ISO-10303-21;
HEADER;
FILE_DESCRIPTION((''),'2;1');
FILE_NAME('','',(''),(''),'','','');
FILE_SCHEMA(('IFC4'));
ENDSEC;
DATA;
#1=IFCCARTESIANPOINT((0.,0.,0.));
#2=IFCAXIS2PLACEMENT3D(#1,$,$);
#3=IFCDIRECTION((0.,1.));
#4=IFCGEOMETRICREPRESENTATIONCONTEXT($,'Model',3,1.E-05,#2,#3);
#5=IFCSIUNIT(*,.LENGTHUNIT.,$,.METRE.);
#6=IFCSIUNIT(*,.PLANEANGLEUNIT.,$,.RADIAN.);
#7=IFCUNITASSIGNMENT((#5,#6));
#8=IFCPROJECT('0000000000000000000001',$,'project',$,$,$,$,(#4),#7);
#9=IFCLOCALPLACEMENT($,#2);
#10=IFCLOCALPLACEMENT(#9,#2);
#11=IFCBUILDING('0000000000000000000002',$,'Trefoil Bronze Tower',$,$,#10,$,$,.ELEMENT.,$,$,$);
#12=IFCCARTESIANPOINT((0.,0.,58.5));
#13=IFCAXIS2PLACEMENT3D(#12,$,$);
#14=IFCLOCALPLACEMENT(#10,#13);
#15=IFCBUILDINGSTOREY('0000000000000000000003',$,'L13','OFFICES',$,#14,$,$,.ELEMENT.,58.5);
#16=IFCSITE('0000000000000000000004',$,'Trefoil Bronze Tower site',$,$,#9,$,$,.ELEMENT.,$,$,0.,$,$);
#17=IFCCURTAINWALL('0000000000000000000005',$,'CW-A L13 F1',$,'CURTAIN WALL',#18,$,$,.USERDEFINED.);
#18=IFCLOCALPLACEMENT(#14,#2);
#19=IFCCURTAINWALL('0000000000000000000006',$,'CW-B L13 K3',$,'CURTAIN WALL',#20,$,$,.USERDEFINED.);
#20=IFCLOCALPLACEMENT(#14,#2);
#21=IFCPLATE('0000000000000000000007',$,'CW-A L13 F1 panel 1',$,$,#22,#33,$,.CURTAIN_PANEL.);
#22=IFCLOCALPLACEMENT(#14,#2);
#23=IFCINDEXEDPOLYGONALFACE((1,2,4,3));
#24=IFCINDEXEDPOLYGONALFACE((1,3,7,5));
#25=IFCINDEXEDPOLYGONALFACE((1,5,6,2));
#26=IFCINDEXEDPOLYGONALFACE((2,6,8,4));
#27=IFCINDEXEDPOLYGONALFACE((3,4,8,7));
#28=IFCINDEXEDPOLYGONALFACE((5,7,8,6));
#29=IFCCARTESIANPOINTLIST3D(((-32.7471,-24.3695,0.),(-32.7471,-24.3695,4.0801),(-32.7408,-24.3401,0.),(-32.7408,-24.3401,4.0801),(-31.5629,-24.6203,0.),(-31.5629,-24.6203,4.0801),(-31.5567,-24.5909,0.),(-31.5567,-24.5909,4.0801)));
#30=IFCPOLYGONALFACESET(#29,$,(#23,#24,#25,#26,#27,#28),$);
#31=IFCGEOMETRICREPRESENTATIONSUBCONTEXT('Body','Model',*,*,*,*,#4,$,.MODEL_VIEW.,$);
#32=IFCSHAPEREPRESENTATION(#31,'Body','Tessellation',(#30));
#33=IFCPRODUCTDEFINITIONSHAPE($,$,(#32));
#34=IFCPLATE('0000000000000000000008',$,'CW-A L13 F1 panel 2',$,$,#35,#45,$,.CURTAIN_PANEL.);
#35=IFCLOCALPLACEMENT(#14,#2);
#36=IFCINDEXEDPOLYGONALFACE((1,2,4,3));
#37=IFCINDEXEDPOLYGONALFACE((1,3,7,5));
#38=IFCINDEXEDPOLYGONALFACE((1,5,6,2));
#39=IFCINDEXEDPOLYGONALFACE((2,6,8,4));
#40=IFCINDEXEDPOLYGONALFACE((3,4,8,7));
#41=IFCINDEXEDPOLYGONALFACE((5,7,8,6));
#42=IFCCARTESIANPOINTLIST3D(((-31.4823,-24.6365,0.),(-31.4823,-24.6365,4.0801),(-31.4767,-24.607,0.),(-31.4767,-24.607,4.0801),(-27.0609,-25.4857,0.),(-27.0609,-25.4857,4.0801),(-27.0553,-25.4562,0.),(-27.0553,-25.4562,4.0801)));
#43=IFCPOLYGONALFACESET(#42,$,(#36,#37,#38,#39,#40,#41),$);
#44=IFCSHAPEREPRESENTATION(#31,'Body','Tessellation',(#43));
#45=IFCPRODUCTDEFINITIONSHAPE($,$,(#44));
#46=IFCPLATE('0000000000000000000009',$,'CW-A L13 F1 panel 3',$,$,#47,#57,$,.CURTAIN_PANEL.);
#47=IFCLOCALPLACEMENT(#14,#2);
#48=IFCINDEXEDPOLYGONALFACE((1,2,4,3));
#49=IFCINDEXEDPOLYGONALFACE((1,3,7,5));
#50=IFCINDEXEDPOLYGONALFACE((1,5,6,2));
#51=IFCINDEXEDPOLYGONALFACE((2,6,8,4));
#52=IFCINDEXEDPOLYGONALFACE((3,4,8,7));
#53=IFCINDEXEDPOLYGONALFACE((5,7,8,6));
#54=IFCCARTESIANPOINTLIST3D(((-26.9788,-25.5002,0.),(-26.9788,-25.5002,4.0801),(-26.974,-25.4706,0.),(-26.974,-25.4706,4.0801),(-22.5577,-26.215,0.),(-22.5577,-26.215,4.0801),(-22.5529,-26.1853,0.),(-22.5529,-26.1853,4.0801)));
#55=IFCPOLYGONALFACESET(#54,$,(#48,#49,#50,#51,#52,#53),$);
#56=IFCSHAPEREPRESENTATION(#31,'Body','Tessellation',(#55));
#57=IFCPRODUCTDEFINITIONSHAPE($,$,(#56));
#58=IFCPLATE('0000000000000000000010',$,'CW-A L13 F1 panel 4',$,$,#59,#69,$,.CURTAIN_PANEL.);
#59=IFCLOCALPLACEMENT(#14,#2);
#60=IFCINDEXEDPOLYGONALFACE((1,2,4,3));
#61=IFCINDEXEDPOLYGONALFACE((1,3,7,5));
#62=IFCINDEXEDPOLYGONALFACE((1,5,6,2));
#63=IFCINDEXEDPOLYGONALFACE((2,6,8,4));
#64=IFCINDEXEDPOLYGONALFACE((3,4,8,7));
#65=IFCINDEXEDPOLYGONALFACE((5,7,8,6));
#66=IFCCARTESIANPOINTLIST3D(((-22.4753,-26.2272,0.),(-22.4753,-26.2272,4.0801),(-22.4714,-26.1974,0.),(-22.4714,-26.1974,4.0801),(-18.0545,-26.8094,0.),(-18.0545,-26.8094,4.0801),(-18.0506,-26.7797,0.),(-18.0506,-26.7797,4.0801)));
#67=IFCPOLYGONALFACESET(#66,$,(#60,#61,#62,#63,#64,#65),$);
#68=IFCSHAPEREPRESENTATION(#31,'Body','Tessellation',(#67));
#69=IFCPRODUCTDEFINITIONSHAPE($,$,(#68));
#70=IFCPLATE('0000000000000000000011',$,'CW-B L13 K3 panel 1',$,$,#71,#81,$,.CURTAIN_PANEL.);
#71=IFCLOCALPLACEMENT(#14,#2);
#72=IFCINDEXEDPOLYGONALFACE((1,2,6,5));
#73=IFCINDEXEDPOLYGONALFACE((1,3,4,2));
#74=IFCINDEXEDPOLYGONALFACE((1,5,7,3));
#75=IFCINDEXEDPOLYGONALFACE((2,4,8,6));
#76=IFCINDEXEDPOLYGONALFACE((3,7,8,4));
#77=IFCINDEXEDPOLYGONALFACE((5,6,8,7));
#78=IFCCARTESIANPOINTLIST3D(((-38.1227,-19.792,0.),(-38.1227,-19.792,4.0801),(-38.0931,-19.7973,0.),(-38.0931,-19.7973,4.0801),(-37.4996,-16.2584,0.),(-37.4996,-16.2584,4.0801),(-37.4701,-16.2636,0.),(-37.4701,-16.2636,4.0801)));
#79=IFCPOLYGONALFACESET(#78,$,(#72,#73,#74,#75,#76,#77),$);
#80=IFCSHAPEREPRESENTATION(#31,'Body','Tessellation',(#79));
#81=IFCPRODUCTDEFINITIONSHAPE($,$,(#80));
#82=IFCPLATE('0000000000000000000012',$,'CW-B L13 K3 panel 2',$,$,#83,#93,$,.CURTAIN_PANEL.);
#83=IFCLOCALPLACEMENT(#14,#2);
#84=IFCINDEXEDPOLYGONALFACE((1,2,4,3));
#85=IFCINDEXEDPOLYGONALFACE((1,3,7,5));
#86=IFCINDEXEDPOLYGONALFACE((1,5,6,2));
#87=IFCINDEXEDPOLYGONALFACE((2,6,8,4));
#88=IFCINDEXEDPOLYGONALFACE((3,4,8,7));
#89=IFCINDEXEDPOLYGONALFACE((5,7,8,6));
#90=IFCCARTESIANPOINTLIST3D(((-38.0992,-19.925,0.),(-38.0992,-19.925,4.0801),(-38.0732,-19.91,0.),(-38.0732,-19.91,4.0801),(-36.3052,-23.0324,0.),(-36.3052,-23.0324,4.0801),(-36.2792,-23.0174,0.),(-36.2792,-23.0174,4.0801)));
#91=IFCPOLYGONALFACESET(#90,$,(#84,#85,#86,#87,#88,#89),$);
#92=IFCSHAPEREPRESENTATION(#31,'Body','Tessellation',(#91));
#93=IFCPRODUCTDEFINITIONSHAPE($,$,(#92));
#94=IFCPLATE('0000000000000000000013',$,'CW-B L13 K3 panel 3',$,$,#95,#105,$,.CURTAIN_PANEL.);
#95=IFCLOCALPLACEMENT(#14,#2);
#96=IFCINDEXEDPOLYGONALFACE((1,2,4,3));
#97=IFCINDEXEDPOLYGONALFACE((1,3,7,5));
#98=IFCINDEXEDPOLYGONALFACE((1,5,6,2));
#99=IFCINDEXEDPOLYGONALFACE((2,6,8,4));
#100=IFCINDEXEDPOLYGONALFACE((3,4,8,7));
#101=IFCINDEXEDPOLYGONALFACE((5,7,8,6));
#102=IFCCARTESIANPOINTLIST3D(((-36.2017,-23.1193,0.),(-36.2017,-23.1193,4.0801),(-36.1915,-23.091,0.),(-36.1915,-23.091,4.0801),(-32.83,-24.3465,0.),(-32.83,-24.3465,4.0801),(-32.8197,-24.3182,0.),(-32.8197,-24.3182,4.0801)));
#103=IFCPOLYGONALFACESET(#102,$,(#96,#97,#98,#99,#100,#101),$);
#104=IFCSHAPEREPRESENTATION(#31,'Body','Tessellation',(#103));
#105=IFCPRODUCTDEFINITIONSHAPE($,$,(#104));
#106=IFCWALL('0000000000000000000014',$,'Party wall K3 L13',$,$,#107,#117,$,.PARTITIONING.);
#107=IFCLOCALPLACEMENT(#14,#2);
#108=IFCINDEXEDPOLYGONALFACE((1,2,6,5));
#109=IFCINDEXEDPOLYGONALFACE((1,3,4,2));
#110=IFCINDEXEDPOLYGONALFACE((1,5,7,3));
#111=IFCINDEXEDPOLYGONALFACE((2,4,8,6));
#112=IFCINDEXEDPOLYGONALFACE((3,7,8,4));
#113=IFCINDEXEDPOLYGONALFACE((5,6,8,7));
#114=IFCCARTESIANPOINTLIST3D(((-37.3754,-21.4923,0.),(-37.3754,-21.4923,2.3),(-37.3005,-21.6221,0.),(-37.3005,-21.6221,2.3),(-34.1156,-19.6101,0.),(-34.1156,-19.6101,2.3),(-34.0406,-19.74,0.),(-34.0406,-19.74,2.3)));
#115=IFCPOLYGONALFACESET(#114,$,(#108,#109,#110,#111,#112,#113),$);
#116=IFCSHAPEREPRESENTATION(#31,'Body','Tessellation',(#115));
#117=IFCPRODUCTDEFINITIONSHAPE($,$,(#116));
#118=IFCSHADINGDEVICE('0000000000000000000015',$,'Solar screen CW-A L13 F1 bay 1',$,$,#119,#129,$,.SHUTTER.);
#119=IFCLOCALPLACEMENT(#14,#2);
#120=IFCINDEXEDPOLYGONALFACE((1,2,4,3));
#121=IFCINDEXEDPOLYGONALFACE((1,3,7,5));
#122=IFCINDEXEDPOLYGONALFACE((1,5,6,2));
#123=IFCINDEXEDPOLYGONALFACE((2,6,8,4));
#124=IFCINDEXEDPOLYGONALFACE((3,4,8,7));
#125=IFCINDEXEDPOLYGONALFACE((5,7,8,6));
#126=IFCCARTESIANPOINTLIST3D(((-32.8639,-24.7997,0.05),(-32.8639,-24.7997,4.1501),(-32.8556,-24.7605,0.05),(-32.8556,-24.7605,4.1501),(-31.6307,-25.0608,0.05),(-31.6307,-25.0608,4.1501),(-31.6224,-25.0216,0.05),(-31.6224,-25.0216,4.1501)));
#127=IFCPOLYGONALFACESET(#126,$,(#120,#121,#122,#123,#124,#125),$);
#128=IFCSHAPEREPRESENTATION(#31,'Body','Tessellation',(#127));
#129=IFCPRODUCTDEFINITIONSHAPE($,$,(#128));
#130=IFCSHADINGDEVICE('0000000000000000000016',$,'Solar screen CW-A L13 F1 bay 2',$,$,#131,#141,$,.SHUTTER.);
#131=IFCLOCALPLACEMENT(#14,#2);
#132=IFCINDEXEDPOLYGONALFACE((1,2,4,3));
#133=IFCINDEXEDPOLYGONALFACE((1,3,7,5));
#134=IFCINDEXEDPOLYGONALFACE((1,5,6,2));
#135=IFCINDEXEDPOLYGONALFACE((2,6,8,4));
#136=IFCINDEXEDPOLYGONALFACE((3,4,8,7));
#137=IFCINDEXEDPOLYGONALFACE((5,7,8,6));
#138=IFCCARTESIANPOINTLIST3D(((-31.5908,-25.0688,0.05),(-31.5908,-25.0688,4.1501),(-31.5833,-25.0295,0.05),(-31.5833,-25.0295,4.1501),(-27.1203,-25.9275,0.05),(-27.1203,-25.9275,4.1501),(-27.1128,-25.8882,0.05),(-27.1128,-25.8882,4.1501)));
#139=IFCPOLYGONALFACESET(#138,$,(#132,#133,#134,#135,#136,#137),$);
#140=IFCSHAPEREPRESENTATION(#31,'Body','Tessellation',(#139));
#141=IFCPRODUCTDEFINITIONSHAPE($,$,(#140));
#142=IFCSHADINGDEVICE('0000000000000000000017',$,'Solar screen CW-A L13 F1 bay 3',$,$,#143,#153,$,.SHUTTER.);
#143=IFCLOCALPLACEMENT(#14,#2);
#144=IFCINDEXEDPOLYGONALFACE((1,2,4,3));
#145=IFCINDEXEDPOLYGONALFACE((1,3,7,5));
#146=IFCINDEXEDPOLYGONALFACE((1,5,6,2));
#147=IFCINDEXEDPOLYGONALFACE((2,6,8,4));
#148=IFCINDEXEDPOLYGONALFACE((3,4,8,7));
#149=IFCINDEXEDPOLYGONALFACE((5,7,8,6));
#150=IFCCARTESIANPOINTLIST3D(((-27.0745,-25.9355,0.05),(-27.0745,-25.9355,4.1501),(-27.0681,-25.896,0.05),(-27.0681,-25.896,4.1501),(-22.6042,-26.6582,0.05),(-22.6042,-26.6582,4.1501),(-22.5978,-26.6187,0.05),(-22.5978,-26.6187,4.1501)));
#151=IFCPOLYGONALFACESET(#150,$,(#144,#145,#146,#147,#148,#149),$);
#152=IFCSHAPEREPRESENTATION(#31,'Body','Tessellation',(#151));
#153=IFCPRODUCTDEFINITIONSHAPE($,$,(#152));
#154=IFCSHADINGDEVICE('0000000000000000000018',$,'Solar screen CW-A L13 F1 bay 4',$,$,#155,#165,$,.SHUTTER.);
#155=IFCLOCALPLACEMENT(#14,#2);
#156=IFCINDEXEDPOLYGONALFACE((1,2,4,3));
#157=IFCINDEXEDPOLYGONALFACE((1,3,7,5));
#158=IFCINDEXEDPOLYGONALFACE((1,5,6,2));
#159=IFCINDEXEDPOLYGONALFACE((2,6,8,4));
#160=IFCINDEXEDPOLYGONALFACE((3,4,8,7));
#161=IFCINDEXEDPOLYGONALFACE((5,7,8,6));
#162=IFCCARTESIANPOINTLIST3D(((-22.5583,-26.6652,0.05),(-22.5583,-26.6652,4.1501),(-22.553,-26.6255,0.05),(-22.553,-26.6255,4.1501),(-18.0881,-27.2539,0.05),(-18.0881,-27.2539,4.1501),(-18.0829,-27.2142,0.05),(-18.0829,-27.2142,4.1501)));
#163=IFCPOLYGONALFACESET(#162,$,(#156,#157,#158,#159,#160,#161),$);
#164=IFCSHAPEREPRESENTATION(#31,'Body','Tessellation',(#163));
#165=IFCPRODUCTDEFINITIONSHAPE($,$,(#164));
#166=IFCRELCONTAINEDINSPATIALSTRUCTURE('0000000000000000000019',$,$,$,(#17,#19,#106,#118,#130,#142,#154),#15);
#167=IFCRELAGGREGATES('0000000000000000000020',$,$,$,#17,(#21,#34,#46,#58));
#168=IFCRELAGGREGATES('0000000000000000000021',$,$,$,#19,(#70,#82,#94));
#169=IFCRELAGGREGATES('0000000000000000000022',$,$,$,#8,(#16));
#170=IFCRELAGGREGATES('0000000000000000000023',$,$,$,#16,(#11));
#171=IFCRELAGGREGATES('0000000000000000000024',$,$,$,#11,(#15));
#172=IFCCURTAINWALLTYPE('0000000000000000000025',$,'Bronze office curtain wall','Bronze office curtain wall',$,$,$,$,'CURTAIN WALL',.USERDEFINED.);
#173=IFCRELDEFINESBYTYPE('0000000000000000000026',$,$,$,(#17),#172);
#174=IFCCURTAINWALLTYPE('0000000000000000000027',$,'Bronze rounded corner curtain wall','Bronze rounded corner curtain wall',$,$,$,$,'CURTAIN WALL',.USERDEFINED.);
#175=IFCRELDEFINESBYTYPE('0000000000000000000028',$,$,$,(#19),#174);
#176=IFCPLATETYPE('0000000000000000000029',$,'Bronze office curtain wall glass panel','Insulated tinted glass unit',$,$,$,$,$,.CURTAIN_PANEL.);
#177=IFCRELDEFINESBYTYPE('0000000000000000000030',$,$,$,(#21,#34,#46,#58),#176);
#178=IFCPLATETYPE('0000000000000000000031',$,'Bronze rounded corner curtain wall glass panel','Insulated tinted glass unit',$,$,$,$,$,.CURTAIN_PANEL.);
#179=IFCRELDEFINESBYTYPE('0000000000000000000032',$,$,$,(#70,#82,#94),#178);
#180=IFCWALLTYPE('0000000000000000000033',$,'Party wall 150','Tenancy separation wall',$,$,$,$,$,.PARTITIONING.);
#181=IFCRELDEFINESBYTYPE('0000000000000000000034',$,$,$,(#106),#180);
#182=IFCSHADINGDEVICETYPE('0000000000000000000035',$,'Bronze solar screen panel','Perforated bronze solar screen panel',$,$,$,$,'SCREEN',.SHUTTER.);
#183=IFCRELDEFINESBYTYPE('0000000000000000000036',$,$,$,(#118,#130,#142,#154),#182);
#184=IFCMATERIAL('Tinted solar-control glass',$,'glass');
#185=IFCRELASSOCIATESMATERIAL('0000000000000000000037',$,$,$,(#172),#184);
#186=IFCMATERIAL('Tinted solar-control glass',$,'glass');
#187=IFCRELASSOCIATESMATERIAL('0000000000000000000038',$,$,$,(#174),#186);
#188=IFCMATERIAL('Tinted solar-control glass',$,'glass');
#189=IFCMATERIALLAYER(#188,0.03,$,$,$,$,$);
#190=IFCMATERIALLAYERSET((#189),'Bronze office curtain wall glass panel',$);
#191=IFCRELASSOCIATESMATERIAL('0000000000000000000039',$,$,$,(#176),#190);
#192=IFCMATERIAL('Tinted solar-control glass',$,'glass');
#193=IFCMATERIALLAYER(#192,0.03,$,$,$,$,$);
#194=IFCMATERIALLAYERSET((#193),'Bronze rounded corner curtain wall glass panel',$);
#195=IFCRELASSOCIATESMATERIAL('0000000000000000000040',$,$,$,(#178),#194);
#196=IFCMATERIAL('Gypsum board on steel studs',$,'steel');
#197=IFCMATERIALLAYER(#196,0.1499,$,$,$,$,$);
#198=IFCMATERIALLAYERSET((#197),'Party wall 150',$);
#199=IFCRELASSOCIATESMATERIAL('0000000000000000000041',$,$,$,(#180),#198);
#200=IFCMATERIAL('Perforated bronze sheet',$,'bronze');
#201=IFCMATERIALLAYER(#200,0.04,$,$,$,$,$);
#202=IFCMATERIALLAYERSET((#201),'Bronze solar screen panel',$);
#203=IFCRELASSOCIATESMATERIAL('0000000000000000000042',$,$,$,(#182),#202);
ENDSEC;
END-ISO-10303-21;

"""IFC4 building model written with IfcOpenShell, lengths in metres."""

from ifc_helpers import new_model, si_unit, direction, frame, frame_2d, origin, origin_2d, place, context, subcontext, project, spatial, rectangle, extrude, material, layer, layer_set, type_object, element, aggregate, save


model = new_model("IFC4")

# Units and contexts
model_context = context("Model", 3, precision=1e-05, world=origin(), true_north=direction((0.0, 1.0)))
body_context = subcontext(model_context, "Body", "Model", "MODEL_VIEW")
ifc_project = project(units=[si_unit("LENGTHUNIT", "METRE"), si_unit("PLANEANGLEUNIT", "RADIAN")], contexts=[model_context])

# Site, building, storey
site_placement = place(None, origin())
site = spatial("IfcSite", under=ifc_project, at=site_placement, Name="Trefoil Bronze Tower site", CompositionType="ELEMENT", RefElevation=0.0)
building_placement = place(site_placement, origin())
building = spatial("IfcBuilding", under=site, at=building_placement, Name="Trefoil Bronze Tower", CompositionType="ELEMENT")
storey_placement = place(building_placement, frame((0.0, 0.0, 58.5)))
storey = spatial("IfcBuildingStorey", under=building, at=storey_placement, Name="L13", Description="OFFICES", CompositionType="ELEMENT", Elevation=58.5)

# Curtain walls
ifc_material_1 = material(Name="Tinted solar-control glass", Category="glass")
curtain_wall_type_1 = type_object("IfcCurtainWallType", Name="Bronze office curtain wall", Description="Bronze office curtain wall", ElementType="CURTAIN WALL", PredefinedType="USERDEFINED", material=ifc_material_1)
curtain_wall_1_placement = place(storey_placement, origin())
curtain_wall_1 = element("IfcCurtainWall", 1, at=curtain_wall_1_placement, inside=storey, type_object=curtain_wall_type_1, Name="CW-A L13 F1", ObjectType="CURTAIN WALL", PredefinedType="USERDEFINED")
ifc_material_2 = material(Name="Tinted solar-control glass", Category="glass")
curtain_wall_type_2 = type_object("IfcCurtainWallType", Name="Bronze rounded corner curtain wall", Description="Bronze rounded corner curtain wall", ElementType="CURTAIN WALL", PredefinedType="USERDEFINED", material=ifc_material_2)
curtain_wall_2_placement = place(storey_placement, origin())
curtain_wall_2 = element("IfcCurtainWall", 2, at=curtain_wall_2_placement, inside=storey, type_object=curtain_wall_type_2, Name="CW-B L13 K3", ObjectType="CURTAIN WALL", PredefinedType="USERDEFINED")

# Plates
ifc_material_3 = material(Name="Tinted solar-control glass", Category="glass")
ifc_layer_1 = layer(ifc_material_3, 0.03)
ifc_layer_set_1 = layer_set([ifc_layer_1], Name="Bronze office curtain wall glass panel")
plate_type_1 = type_object("IfcPlateType", Name="Bronze office curtain wall glass panel", Description="Insulated tinted glass unit", PredefinedType="CURTAIN_PANEL", material=ifc_layer_set_1)
plate_1_placement = place(storey_placement, frame((-32.1519, -24.4802, 0.0), z_axis=(0.0, 0.0, 1.0), x_axis=(0.978303, -0.207181, 0.0)))
plate_1 = element("IfcPlate", 3, at=plate_1_placement, type_object=plate_type_1, Name="CW-A L13 F1 panel 1", PredefinedType="CURTAIN_PANEL", context=body_context, shape_type="SweptSolid", body=[
    extrude(rectangle(XDim=1.2104, YDim=0.03, at=origin_2d()), origin(), (0.0, 0.0, 1.0), 4.0801),
])
plate_2_placement = place(storey_placement, frame((-29.2688, -25.0464, 0.0), z_axis=(0.0, 0.0, 1.0), x_axis=(0.98205, -0.188622, 0.0)))
plate_2 = element("IfcPlate", 4, at=plate_2_placement, type_object=plate_type_1, Name="CW-A L13 F1 panel 2", PredefinedType="CURTAIN_PANEL", context=body_context, shape_type="SweptSolid", body=[
    extrude(rectangle(XDim=4.5022, YDim=0.03, at=origin_2d()), origin(), (0.0, 0.0, 1.0), 4.0801),
])
plate_3_placement = place(storey_placement, frame((-24.7659, -25.8428, 0.0), z_axis=(0.0, 0.0, 1.0), x_axis=(0.987181, -0.159603, 0.0)))
plate_3 = element("IfcPlate", 5, at=plate_3_placement, type_object=plate_type_1, Name="CW-A L13 F1 panel 3", PredefinedType="CURTAIN_PANEL", context=body_context, shape_type="SweptSolid", body=[
    extrude(rectangle(XDim=4.4785, YDim=0.03, at=origin_2d()), origin(), (0.0, 0.0, 1.0), 4.0801),
])
plate_4_placement = place(storey_placement, frame((-20.2629, -26.5034, 0.0), z_axis=(0.0, 0.0, 1.0), x_axis=(0.991437, -0.130584, 0.0)))
plate_4 = element("IfcPlate", 6, at=plate_4_placement, type_object=plate_type_1, Name="CW-A L13 F1 panel 4", PredefinedType="CURTAIN_PANEL", context=body_context, shape_type="SweptSolid", body=[
    extrude(rectangle(XDim=4.459, YDim=0.03, at=origin_2d()), origin(), (0.0, 0.0, 1.0), 4.0801),
])
aggregate(curtain_wall_1, [plate_1, plate_2, plate_3, plate_4])
ifc_material_4 = material(Name="Tinted solar-control glass", Category="glass")
ifc_layer_2 = layer(ifc_material_4, 0.03)
ifc_layer_set_2 = layer_set([ifc_layer_2], Name="Bronze rounded corner curtain wall glass panel")
plate_type_2 = type_object("IfcPlateType", Name="Bronze rounded corner curtain wall glass panel", Description="Insulated tinted glass unit", PredefinedType="CURTAIN_PANEL", material=ifc_layer_set_2)
plate_5_placement = place(storey_placement, frame((-37.7964, -18.0278, 0.0), z_axis=(0.0, 0.0, 1.0), x_axis=(-0.173648, -0.984808, 0.0)))
plate_5 = element("IfcPlate", 7, at=plate_5_placement, type_object=plate_type_2, Name="CW-B L13 K3 panel 1", PredefinedType="CURTAIN_PANEL", context=body_context, shape_type="SweptSolid", body=[
    extrude(rectangle(XDim=3.5881, YDim=0.03, at=origin_2d()), origin(), (0.0, 0.0, 1.0), 4.0801),
])
plate_6_placement = place(storey_placement, frame((-37.1892, -21.4712, 0.0), z_axis=(0.0, 0.0, 1.0), x_axis=(0.5, -0.866025, 0.0)))
plate_6 = element("IfcPlate", 8, at=plate_6_placement, type_object=plate_type_2, Name="CW-B L13 K3 panel 2", PredefinedType="CURTAIN_PANEL", context=body_context, shape_type="SweptSolid", body=[
    extrude(rectangle(XDim=3.5881, YDim=0.03, at=origin_2d()), origin(), (0.0, 0.0, 1.0), 4.0801),
])
plate_7_placement = place(storey_placement, frame((-34.5107, -23.7188, 0.0), z_axis=(0.0, 0.0, 1.0), x_axis=(0.939693, -0.34202, 0.0)))
plate_7 = element("IfcPlate", 9, at=plate_7_placement, type_object=plate_type_2, Name="CW-B L13 K3 panel 3", PredefinedType="CURTAIN_PANEL", context=body_context, shape_type="SweptSolid", body=[
    extrude(rectangle(XDim=3.5881, YDim=0.03, at=origin_2d()), origin(), (0.0, 0.0, 1.0), 4.0801),
])
aggregate(curtain_wall_2, [plate_5, plate_6, plate_7])

# Wall
ifc_material_5 = material(Name="Gypsum board on steel studs", Category="steel")
ifc_layer_3 = layer(ifc_material_5, 0.1499)
ifc_layer_set_3 = layer_set([ifc_layer_3], Name="Party wall 150")
wall_type = type_object("IfcWallType", Name="Party wall 150", Description="Tenancy separation wall", PredefinedType="PARTITIONING", material=ifc_layer_set_3)
wall_placement = place(storey_placement, frame((-34.0781, -19.675, 0.0), z_axis=(0.0, 0.0, 1.0), x_axis=(-0.866019, -0.500011, 0.0)))
element("IfcWall", 10, at=wall_placement, inside=storey, type_object=wall_type, Name="Party wall K3 L13", PredefinedType="PARTITIONING", context=body_context, shape_type="SweptSolid", body=[
    extrude(rectangle(XDim=3.7642, YDim=0.1499, at=frame_2d((1.8821, 0.0))), origin(), (0.0, 0.0, 1.0), 2.3),
])

# Shading devices
ifc_material_6 = material(Name="Perforated bronze sheet", Category="bronze")
ifc_layer_4 = layer(ifc_material_6, 0.04)
ifc_layer_set_4 = layer_set([ifc_layer_4], Name="Bronze solar screen panel")
shading_device_type = type_object("IfcShadingDeviceType", Name="Bronze solar screen panel", Description="Perforated bronze solar screen panel", ElementType="SCREEN", PredefinedType="SHUTTER", material=ifc_layer_set_4)
shading_device_1_placement = place(storey_placement, frame((-32.2432, -24.9106, 0.05), z_axis=(0.0, 0.0, 1.0), x_axis=(0.978303, -0.207181, 0.0)))
element("IfcShadingDevice", 11, at=shading_device_1_placement, inside=storey, type_object=shading_device_type, Name="Solar screen CW-A L13 F1 bay 1", PredefinedType="SHUTTER", context=body_context, shape_type="SweptSolid", body=[
    extrude(rectangle(XDim=1.2605, YDim=0.04, at=origin_2d()), origin(), (0.0, 0.0, 1.0), 4.1001),
])
shading_device_2_placement = place(storey_placement, frame((-29.3518, -25.4785, 0.05), z_axis=(0.0, 0.0, 1.0), x_axis=(0.98205, -0.188622, 0.0)))
element("IfcShadingDevice", 12, at=shading_device_2_placement, inside=storey, type_object=shading_device_type, Name="Solar screen CW-A L13 F1 bay 2", PredefinedType="SHUTTER", context=body_context, shape_type="SweptSolid", body=[
    extrude(rectangle(XDim=4.5522, YDim=0.04, at=origin_2d()), origin(), (0.0, 0.0, 1.0), 4.1001),
])
shading_device_3_placement = place(storey_placement, frame((-24.8362, -26.2771, 0.05), z_axis=(0.0, 0.0, 1.0), x_axis=(0.987181, -0.159603, 0.0)))
element("IfcShadingDevice", 13, at=shading_device_3_placement, inside=storey, type_object=shading_device_type, Name="Solar screen CW-A L13 F1 bay 3", PredefinedType="SHUTTER", context=body_context, shape_type="SweptSolid", body=[
    extrude(rectangle(XDim=4.5283, YDim=0.04, at=origin_2d()), origin(), (0.0, 0.0, 1.0), 4.1001),
])
shading_device_4_placement = place(storey_placement, frame((-20.3206, -26.9397, 0.05), z_axis=(0.0, 0.0, 1.0), x_axis=(0.991437, -0.130584, 0.0)))
element("IfcShadingDevice", 14, at=shading_device_4_placement, inside=storey, type_object=shading_device_type, Name="Solar screen CW-A L13 F1 bay 4", PredefinedType="SHUTTER", context=body_context, shape_type="SweptSolid", body=[
    extrude(rectangle(XDim=4.5088, YDim=0.04, at=origin_2d()), origin(), (0.0, 0.0, 1.0), 4.1001),
])

save(model, "model.ifc")
